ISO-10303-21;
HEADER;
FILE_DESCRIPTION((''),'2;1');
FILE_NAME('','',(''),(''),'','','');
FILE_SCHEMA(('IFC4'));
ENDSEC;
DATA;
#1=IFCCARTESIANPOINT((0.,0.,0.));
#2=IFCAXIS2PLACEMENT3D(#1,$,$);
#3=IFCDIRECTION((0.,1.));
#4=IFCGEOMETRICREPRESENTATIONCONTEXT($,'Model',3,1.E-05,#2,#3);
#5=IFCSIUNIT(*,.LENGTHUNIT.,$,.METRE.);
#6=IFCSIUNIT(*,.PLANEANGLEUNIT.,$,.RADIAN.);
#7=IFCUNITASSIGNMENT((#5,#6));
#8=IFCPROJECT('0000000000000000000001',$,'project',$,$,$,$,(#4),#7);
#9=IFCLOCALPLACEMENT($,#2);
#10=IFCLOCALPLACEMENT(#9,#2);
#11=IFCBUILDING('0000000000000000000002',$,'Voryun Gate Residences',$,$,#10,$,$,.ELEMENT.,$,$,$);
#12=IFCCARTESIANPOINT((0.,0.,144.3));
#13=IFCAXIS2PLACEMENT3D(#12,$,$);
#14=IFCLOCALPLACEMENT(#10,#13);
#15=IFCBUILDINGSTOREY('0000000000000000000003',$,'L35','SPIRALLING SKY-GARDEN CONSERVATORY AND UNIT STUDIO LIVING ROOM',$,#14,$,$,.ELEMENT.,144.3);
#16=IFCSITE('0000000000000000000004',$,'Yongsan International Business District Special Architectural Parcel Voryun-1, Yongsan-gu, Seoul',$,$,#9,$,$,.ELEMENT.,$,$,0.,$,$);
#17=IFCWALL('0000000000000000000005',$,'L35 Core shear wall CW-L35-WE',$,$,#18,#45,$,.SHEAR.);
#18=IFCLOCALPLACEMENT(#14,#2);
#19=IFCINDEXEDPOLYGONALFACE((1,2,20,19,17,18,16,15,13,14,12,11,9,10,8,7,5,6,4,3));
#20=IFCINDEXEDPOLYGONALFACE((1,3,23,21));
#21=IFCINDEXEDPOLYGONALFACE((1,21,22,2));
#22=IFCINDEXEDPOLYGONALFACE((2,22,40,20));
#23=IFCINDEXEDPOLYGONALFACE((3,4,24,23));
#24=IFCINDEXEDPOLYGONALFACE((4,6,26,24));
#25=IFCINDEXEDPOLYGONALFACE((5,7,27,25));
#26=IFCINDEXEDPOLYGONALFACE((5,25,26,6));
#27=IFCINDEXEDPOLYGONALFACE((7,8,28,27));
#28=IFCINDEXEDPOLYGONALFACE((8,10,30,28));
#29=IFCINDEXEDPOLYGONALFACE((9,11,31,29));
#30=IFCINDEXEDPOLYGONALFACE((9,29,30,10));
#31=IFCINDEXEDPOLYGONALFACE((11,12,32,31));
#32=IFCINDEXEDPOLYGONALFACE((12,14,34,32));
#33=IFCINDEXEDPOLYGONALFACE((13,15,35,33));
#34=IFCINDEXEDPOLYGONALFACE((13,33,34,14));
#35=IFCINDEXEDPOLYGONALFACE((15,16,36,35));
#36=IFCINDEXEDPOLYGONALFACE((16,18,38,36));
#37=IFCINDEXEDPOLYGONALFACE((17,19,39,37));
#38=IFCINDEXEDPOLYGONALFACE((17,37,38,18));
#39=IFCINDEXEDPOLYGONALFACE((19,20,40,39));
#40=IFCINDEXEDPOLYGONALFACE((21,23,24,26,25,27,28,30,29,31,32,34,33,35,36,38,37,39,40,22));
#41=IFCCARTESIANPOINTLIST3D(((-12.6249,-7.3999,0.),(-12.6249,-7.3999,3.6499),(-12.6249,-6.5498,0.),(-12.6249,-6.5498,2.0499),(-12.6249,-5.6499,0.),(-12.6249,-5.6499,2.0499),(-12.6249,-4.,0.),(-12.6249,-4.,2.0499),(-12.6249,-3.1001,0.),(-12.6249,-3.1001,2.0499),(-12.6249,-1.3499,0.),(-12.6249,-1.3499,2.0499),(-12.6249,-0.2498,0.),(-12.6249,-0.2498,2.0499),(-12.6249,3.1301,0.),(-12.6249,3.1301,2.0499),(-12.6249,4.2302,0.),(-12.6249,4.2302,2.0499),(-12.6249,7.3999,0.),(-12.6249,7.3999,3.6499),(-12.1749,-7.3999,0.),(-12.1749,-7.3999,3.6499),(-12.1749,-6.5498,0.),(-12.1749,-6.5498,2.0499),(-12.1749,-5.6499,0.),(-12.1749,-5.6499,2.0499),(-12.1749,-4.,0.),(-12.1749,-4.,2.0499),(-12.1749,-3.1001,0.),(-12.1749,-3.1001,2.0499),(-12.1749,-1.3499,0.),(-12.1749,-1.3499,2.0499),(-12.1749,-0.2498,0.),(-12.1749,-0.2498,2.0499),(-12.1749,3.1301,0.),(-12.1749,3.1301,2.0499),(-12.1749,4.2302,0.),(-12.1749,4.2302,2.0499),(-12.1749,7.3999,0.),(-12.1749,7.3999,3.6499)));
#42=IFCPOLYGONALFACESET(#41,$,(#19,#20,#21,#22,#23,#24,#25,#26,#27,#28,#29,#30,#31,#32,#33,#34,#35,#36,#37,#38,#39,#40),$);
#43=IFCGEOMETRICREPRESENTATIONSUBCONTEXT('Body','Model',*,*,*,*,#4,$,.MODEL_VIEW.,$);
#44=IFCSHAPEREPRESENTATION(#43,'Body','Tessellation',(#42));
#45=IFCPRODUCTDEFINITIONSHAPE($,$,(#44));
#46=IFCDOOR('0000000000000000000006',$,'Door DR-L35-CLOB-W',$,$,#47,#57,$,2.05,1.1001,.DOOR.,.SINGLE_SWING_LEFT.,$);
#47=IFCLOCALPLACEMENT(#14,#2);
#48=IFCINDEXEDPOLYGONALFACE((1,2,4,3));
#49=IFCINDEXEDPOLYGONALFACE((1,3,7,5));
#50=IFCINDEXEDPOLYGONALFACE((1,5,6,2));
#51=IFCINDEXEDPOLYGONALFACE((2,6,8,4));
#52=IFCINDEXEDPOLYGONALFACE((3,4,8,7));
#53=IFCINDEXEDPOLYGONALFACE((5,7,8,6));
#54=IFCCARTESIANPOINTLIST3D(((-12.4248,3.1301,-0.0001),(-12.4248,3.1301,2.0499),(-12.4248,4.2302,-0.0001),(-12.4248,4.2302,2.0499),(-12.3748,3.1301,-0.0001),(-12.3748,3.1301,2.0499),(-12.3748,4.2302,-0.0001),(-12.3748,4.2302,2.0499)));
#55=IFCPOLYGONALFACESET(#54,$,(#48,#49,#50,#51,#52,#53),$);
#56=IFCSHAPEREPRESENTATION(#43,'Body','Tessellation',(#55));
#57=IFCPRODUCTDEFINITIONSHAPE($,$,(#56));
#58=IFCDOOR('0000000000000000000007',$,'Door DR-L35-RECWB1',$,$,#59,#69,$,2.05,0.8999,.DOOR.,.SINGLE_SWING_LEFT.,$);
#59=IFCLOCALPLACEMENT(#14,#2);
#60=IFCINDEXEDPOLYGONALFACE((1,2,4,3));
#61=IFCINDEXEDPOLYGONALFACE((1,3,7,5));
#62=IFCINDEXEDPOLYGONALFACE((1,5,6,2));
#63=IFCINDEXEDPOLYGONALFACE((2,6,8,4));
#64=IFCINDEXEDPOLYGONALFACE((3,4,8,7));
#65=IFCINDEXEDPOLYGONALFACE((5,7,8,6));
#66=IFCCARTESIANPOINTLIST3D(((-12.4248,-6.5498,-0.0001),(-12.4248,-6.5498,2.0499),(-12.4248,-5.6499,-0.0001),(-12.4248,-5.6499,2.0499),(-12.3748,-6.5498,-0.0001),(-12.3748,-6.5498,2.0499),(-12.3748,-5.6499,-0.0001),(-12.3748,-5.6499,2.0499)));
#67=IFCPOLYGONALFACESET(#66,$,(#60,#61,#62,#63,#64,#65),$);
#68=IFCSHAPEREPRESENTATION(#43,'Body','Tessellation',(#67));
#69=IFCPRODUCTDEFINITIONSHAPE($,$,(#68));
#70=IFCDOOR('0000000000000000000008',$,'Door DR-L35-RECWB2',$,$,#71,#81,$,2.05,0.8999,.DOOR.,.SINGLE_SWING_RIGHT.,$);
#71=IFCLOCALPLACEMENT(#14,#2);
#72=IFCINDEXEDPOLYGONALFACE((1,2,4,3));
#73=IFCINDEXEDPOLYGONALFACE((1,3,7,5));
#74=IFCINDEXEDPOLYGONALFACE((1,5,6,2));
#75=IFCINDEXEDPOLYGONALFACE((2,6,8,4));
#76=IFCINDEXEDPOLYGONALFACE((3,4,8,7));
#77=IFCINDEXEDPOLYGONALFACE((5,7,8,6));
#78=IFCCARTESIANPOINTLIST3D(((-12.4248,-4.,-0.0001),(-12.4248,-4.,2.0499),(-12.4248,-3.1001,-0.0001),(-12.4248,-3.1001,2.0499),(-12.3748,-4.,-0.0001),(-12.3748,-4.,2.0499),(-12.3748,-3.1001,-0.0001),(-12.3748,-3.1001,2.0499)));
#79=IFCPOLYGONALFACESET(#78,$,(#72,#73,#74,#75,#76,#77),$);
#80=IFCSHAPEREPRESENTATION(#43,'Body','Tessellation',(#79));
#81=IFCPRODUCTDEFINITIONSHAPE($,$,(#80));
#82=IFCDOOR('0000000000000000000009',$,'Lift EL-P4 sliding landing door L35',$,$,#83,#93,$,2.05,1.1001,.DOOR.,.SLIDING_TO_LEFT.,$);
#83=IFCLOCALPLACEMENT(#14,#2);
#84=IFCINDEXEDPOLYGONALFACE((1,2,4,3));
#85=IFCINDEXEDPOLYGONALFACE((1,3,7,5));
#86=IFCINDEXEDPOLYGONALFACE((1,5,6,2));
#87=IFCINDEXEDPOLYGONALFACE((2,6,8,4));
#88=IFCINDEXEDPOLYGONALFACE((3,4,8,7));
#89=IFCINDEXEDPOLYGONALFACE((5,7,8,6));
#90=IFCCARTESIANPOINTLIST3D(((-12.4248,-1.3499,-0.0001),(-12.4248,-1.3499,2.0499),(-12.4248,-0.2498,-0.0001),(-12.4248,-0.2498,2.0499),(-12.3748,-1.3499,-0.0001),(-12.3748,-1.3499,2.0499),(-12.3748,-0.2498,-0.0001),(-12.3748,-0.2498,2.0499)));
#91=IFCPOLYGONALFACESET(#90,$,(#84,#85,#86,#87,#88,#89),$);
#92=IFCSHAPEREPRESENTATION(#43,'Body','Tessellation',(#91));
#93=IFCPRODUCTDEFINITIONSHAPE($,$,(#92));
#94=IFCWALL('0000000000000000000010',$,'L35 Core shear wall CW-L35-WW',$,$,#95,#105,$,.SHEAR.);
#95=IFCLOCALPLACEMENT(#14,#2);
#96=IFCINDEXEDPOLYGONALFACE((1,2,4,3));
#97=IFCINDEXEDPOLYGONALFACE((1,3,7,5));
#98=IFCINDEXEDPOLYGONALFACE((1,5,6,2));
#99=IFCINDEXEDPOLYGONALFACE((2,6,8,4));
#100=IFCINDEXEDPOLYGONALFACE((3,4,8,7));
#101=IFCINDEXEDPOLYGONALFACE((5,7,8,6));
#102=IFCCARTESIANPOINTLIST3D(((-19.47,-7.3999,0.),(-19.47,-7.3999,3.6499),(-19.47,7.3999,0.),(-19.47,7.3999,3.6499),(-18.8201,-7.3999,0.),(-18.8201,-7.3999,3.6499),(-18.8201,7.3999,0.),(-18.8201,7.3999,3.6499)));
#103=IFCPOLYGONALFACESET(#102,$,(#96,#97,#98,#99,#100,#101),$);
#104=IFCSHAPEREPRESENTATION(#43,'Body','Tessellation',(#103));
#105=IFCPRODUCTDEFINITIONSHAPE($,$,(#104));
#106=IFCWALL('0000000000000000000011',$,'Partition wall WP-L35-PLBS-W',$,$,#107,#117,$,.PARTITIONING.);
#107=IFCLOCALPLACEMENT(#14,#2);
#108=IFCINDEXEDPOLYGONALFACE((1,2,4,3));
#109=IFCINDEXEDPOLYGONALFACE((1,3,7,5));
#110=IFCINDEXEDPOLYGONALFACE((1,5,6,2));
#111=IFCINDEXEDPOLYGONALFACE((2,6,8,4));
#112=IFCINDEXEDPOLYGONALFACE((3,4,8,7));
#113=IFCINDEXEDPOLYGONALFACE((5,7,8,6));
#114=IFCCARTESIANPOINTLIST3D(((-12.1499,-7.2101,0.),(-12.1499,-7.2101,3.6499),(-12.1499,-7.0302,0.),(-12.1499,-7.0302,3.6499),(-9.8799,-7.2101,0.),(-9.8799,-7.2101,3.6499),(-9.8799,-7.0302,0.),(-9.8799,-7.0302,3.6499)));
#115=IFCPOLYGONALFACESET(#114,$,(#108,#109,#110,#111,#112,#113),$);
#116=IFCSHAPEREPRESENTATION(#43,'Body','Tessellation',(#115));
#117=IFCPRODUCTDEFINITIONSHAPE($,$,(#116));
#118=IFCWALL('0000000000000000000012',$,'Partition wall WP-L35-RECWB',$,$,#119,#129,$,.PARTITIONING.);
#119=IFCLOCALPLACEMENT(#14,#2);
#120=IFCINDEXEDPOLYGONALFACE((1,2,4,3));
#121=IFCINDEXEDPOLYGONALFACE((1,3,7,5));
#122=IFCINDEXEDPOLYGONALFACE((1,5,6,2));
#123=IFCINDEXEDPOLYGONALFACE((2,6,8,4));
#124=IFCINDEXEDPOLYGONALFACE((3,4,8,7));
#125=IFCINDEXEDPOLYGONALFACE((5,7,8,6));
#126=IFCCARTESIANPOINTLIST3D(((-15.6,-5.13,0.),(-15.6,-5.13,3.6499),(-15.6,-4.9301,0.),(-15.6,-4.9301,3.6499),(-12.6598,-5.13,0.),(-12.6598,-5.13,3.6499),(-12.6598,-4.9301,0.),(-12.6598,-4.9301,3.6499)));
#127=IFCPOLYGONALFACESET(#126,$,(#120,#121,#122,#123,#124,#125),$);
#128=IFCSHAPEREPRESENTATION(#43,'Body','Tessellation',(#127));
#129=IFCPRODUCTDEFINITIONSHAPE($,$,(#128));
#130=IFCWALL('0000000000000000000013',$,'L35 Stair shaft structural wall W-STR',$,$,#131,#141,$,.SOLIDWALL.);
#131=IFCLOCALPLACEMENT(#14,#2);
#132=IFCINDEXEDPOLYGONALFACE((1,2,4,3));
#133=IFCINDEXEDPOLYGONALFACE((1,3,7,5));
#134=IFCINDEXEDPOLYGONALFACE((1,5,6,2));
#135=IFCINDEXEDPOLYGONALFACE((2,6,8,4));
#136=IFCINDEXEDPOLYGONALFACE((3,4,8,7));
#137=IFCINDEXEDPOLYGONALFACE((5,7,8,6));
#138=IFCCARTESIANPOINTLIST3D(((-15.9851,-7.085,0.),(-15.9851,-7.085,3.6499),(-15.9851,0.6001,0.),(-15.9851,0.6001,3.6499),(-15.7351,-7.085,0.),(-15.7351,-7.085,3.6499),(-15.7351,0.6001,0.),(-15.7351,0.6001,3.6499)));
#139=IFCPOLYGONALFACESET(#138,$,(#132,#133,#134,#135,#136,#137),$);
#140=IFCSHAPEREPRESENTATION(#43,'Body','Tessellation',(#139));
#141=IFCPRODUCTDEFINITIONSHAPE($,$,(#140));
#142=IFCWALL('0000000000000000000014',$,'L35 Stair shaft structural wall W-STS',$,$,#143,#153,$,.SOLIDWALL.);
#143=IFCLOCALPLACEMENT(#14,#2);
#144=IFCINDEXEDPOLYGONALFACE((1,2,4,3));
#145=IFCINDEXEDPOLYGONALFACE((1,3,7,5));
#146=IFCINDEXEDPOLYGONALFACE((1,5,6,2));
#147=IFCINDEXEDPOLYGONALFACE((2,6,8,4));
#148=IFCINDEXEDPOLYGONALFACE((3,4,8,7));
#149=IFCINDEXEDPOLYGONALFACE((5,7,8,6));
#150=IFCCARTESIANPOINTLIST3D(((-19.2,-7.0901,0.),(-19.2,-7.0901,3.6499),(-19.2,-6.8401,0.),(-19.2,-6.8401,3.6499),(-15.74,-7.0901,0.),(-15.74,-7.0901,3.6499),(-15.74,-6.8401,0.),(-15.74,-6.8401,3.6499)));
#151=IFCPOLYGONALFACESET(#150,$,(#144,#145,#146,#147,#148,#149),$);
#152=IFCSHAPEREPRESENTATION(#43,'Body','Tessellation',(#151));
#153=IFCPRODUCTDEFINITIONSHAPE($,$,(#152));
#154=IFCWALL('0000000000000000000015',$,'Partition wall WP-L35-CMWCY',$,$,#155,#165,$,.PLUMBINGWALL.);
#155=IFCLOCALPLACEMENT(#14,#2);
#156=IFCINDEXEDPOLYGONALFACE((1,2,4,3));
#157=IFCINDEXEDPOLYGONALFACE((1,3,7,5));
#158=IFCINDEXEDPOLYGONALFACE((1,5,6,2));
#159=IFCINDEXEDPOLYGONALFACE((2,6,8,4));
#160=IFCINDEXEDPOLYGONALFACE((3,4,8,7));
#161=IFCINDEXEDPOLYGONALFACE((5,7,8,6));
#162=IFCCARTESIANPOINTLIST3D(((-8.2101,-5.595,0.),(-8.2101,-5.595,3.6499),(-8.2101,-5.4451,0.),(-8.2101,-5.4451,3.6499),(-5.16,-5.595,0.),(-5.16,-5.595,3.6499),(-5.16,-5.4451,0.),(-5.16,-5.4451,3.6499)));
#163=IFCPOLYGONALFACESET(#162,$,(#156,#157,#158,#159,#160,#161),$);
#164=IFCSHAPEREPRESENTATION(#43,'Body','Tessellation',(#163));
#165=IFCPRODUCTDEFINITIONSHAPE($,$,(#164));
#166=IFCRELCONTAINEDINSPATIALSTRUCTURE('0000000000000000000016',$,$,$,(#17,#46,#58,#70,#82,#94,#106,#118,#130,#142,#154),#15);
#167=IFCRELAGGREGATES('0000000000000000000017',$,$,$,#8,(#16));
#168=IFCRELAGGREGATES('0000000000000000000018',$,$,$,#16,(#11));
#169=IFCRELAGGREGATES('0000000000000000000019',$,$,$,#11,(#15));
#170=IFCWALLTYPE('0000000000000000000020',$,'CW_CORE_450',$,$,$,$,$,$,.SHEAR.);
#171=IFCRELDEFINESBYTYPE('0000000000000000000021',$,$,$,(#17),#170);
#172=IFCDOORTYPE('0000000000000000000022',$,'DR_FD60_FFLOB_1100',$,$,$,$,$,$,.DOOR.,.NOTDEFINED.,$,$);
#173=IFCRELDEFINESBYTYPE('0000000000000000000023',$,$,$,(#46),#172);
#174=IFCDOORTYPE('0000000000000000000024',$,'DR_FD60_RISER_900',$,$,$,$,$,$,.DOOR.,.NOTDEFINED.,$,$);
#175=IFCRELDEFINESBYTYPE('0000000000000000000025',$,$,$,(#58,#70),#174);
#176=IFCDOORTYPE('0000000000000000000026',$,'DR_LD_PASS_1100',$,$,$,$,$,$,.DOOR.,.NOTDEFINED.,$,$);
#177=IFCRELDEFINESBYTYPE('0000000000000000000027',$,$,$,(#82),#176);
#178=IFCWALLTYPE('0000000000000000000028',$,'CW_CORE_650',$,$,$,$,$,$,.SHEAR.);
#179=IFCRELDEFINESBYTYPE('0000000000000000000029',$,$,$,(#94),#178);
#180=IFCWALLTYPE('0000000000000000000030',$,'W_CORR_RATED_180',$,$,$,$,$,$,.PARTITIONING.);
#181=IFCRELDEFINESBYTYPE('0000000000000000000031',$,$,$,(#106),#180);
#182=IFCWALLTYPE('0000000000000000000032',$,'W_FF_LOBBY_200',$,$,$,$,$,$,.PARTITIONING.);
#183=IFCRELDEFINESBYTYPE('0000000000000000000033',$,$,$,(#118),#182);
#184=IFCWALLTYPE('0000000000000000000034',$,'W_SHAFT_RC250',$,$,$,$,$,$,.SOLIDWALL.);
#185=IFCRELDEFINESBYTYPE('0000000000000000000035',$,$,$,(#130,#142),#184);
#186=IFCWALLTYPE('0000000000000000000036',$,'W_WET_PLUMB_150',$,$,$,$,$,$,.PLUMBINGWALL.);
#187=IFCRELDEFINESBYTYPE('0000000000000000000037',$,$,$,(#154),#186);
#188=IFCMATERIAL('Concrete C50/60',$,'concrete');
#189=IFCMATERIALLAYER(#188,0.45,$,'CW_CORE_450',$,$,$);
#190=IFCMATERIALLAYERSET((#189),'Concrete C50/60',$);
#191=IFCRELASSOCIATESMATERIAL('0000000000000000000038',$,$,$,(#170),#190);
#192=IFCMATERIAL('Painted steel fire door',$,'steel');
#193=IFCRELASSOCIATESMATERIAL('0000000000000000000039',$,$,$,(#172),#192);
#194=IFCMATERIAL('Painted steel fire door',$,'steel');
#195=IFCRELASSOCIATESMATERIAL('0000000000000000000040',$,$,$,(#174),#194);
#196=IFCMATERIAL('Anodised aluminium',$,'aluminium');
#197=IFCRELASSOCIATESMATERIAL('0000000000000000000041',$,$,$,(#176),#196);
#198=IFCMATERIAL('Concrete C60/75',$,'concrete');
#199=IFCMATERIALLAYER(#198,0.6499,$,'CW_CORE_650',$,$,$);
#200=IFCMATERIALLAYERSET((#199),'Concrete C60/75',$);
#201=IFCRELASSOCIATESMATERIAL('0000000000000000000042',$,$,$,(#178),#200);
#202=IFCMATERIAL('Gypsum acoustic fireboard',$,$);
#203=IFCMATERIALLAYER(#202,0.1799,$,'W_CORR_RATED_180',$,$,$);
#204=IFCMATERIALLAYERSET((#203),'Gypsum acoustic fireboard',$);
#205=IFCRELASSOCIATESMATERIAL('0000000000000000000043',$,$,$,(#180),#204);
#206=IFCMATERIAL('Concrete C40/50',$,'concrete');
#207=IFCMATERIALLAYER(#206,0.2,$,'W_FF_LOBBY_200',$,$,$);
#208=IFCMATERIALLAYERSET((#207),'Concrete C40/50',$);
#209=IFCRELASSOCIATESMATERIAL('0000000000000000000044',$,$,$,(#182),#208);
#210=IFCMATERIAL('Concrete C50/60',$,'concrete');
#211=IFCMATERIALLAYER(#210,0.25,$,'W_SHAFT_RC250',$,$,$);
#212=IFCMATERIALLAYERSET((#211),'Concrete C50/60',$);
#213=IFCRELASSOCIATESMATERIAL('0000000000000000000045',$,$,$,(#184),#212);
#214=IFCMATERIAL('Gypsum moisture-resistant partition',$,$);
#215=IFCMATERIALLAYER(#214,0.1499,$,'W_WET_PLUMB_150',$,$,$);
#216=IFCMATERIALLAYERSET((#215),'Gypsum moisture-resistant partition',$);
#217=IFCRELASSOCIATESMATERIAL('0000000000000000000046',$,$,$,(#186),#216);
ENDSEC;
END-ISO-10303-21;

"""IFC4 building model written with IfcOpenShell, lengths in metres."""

from ifc_helpers import new_model, si_unit, direction, frame, frame_2d, origin, place, context, subcontext, project, spatial, rectangle, extrude, material, layer, layer_set, type_object, element, fill, save


model = new_model("IFC4")

# Units and contexts
model_context = context("Model", 3, precision=1e-05, world=origin(), true_north=direction((0.0, 1.0)))
body_context = subcontext(model_context, "Body", "Model", "MODEL_VIEW")
ifc_project = project(units=[si_unit("LENGTHUNIT", "METRE"), si_unit("PLANEANGLEUNIT", "RADIAN")], contexts=[model_context])

# Site, building, storey
site_placement = place(None, origin())
site = spatial("IfcSite", under=ifc_project, at=site_placement, Name="Yongsan International Business District Special Architectural Parcel Voryun-1, Yongsan-gu, Seoul", CompositionType="ELEMENT", RefElevation=0.0)
building_placement = place(site_placement, origin())
building = spatial("IfcBuilding", under=site, at=building_placement, Name="Voryun Gate Residences", CompositionType="ELEMENT")
storey_placement = place(building_placement, frame((0.0, 0.0, 144.3)))
storey = spatial("IfcBuildingStorey", under=building, at=storey_placement, Name="L35", Description="SPIRALLING SKY-GARDEN CONSERVATORY AND UNIT STUDIO LIVING ROOM", CompositionType="ELEMENT", Elevation=144.3)

# Wall, openings, doors
ifc_material_1 = material(Name="Concrete C50/60", Category="concrete")
ifc_layer_1 = layer(ifc_material_1, 0.45, Name="CW_CORE_450")
ifc_layer_set_1 = layer_set([ifc_layer_1], Name="Concrete C50/60")
wall_type_1 = type_object("IfcWallType", Name="CW_CORE_450", PredefinedType="SHEAR", material=ifc_layer_set_1)
wall_1_placement = place(storey_placement, frame((-12.3999, -7.3999, 0.0), z_axis=(0.0, 0.0, 1.0), x_axis=(0.0, 1.0, 0.0)))
wall_1 = element("IfcWall", 1, at=wall_1_placement, inside=storey, type_object=wall_type_1, Name="L35 Core shear wall CW-L35-WE", PredefinedType="SHEAR", context=body_context, shape_type="SweptSolid", body=[
    extrude(rectangle(XDim=14.7998, YDim=0.45, at=frame_2d((7.3999, 0.0))), origin(), (0.0, 0.0, 1.0), 3.6499),
])
opening_1_placement = place(wall_1_placement, frame((6.05, 0.0, 0.0)))
opening_1 = element("IfcOpeningElement", 2, at=opening_1_placement, cuts=wall_1, PredefinedType="OPENING", context=body_context, shape_type="SweptSolid", body=[
    extrude(rectangle(XDim=1.1001, YDim=2.05, at=frame_2d((0.55, 1.0249))), frame((0.0, 0.2351, 0.0), z_axis=(0.0, -1.0, 0.0), x_axis=(1.0, 0.0, 0.0)), (0.0, 0.0, 1.0), 0.47),
])
opening_2_placement = place(wall_1_placement, frame((10.53, 0.0, 0.0)))
opening_2 = element("IfcOpeningElement", 3, at=opening_2_placement, cuts=wall_1, PredefinedType="OPENING", context=body_context, shape_type="SweptSolid", body=[
    extrude(rectangle(XDim=1.1001, YDim=2.05, at=frame_2d((0.55, 1.0249))), frame((0.0, 0.2351, 0.0), z_axis=(0.0, -1.0, 0.0), x_axis=(1.0, 0.0, 0.0)), (0.0, 0.0, 1.0), 0.47),
])
opening_3_placement = place(wall_1_placement, frame((0.8501, 0.0, 0.0)))
opening_3 = element("IfcOpeningElement", 4, at=opening_3_placement, cuts=wall_1, PredefinedType="OPENING", context=body_context, shape_type="SweptSolid", body=[
    extrude(rectangle(XDim=0.8999, YDim=2.05, at=frame_2d((0.45, 1.0249))), frame((0.0, 0.2351, 0.0), z_axis=(0.0, -1.0, 0.0), x_axis=(1.0, 0.0, 0.0)), (0.0, 0.0, 1.0), 0.47),
])
opening_4_placement = place(wall_1_placement, frame((3.3999, 0.0, 0.0)))
opening_4 = element("IfcOpeningElement", 5, at=opening_4_placement, cuts=wall_1, PredefinedType="OPENING", context=body_context, shape_type="SweptSolid", body=[
    extrude(rectangle(XDim=0.8999, YDim=2.05, at=frame_2d((0.45, 1.0249))), frame((0.0, 0.2351, 0.0), z_axis=(0.0, -1.0, 0.0), x_axis=(1.0, 0.0, 0.0)), (0.0, 0.0, 1.0), 0.47),
])
ifc_material_2 = material(Name="Painted steel fire door", Category="steel")
door_type_1 = type_object("IfcDoorType", Name="DR_FD60_FFLOB_1100", OperationType="NOTDEFINED", PredefinedType="DOOR", material=ifc_material_2)
door_1_placement = place(opening_2_placement, origin())
door_1 = element("IfcDoor", 6, at=door_1_placement, inside=storey, type_object=door_type_1, Name="Door DR-L35-CLOB-W", OperationType="SINGLE_SWING_LEFT", OverallHeight=2.05, OverallWidth=1.1001, PredefinedType="DOOR", context=body_context, shape_type="SweptSolid", body=[
    extrude(rectangle(XDim=1.1001, YDim=2.05, at=frame_2d((0.55, 1.0249))), frame((0.0, 0.0249, 0.0), z_axis=(0.0, -1.0, 0.0), x_axis=(1.0, 0.0, 0.0)), (0.0, 0.0, 1.0), 0.05),
])
fill(opening_2, door_1)
ifc_material_3 = material(Name="Painted steel fire door", Category="steel")
door_type_2 = type_object("IfcDoorType", Name="DR_FD60_RISER_900", OperationType="NOTDEFINED", PredefinedType="DOOR", material=ifc_material_3)
door_2_placement = place(opening_3_placement, origin())
door_2 = element("IfcDoor", 7, at=door_2_placement, inside=storey, type_object=door_type_2, Name="Door DR-L35-RECWB1", OperationType="SINGLE_SWING_LEFT", OverallHeight=2.05, OverallWidth=0.8999, PredefinedType="DOOR", context=body_context, shape_type="SweptSolid", body=[
    extrude(rectangle(XDim=0.8999, YDim=2.05, at=frame_2d((0.45, 1.0249))), frame((0.0, 0.0249, 0.0), z_axis=(0.0, -1.0, 0.0), x_axis=(1.0, 0.0, 0.0)), (0.0, 0.0, 1.0), 0.05),
])
fill(opening_3, door_2)
door_3_placement = place(opening_4_placement, origin())
door_3 = element("IfcDoor", 8, at=door_3_placement, inside=storey, type_object=door_type_2, Name="Door DR-L35-RECWB2", OperationType="SINGLE_SWING_RIGHT", OverallHeight=2.05, OverallWidth=0.8999, PredefinedType="DOOR", context=body_context, shape_type="SweptSolid", body=[
    extrude(rectangle(XDim=0.8999, YDim=2.05, at=frame_2d((0.45, 1.0249))), frame((0.0, 0.0249, 0.0), z_axis=(0.0, -1.0, 0.0), x_axis=(1.0, 0.0, 0.0)), (0.0, 0.0, 1.0), 0.05),
])
fill(opening_4, door_3)
ifc_material_4 = material(Name="Anodised aluminium", Category="aluminium")
door_type_3 = type_object("IfcDoorType", Name="DR_LD_PASS_1100", OperationType="NOTDEFINED", PredefinedType="DOOR", material=ifc_material_4)
door_4_placement = place(opening_1_placement, origin())
door_4 = element("IfcDoor", 9, at=door_4_placement, inside=storey, type_object=door_type_3, Name="Lift EL-P4 sliding landing door L35", OperationType="SLIDING_TO_LEFT", OverallHeight=2.05, OverallWidth=1.1001, PredefinedType="DOOR", context=body_context, shape_type="SweptSolid", body=[
    extrude(rectangle(XDim=1.1001, YDim=2.05, at=frame_2d((0.55, 1.0249))), frame((0.0, 0.0249, 0.0), z_axis=(0.0, -1.0, 0.0), x_axis=(1.0, 0.0, 0.0)), (0.0, 0.0, 1.0), 0.05),
])
fill(opening_1, door_4)

# Walls
ifc_material_5 = material(Name="Concrete C60/75", Category="concrete")
ifc_layer_2 = layer(ifc_material_5, 0.6499, Name="CW_CORE_650")
ifc_layer_set_2 = layer_set([ifc_layer_2], Name="Concrete C60/75")
wall_type_2 = type_object("IfcWallType", Name="CW_CORE_650", PredefinedType="SHEAR", material=ifc_layer_set_2)
wall_2_placement = place(storey_placement, frame((-19.145, -7.3999, 0.0), z_axis=(0.0, 0.0, 1.0), x_axis=(0.0, 1.0, 0.0)))
element("IfcWall", 10, at=wall_2_placement, inside=storey, type_object=wall_type_2, Name="L35 Core shear wall CW-L35-WW", PredefinedType="SHEAR", context=body_context, shape_type="SweptSolid", body=[
    extrude(rectangle(XDim=14.7998, YDim=0.6499, at=frame_2d((7.3999, 0.0))), origin(), (0.0, 0.0, 1.0), 3.6499),
])
ifc_material_6 = material(Name="Gypsum acoustic fireboard")
ifc_layer_3 = layer(ifc_material_6, 0.1799, Name="W_CORR_RATED_180")
ifc_layer_set_3 = layer_set([ifc_layer_3], Name="Gypsum acoustic fireboard")
wall_type_3 = type_object("IfcWallType", Name="W_CORR_RATED_180", PredefinedType="PARTITIONING", material=ifc_layer_set_3)
wall_3_placement = place(storey_placement, frame((-12.1499, -7.1201, 0.0), z_axis=(0.0, 0.0, 1.0), x_axis=(1.0, 0.0, 0.0)))
element("IfcWall", 11, at=wall_3_placement, inside=storey, type_object=wall_type_3, Name="Partition wall WP-L35-PLBS-W", PredefinedType="PARTITIONING", context=body_context, shape_type="SweptSolid", body=[
    extrude(rectangle(XDim=2.27, YDim=0.1799, at=frame_2d((1.135, 0.0))), origin(), (0.0, 0.0, 1.0), 3.6499),
])
ifc_material_7 = material(Name="Concrete C40/50", Category="concrete")
ifc_layer_4 = layer(ifc_material_7, 0.2, Name="W_FF_LOBBY_200")
ifc_layer_set_4 = layer_set([ifc_layer_4], Name="Concrete C40/50")
wall_type_4 = type_object("IfcWallType", Name="W_FF_LOBBY_200", PredefinedType="PARTITIONING", material=ifc_layer_set_4)
wall_4_placement = place(storey_placement, frame((-15.6001, -5.03, 0.0), z_axis=(0.0, 0.0, 1.0), x_axis=(1.0, 0.0, 0.0)))
element("IfcWall", 12, at=wall_4_placement, inside=storey, type_object=wall_type_4, Name="Partition wall WP-L35-RECWB", PredefinedType="PARTITIONING", context=body_context, shape_type="SweptSolid", body=[
    extrude(rectangle(XDim=2.9402, YDim=0.2, at=frame_2d((1.4702, 0.0))), origin(), (0.0, 0.0, 1.0), 3.6499),
])
ifc_material_8 = material(Name="Concrete C50/60", Category="concrete")
ifc_layer_5 = layer(ifc_material_8, 0.25, Name="W_SHAFT_RC250")
ifc_layer_set_5 = layer_set([ifc_layer_5], Name="Concrete C50/60")
wall_type_5 = type_object("IfcWallType", Name="W_SHAFT_RC250", PredefinedType="SOLIDWALL", material=ifc_layer_set_5)
wall_5_placement = place(storey_placement, frame((-15.8601, -7.085, 0.0), z_axis=(0.0, 0.0, 1.0), x_axis=(0.0, 1.0, 0.0)))
element("IfcWall", 13, at=wall_5_placement, inside=storey, type_object=wall_type_5, Name="L35 Stair shaft structural wall W-STR", PredefinedType="SOLIDWALL", context=body_context, shape_type="SweptSolid", body=[
    extrude(rectangle(XDim=7.6851, YDim=0.25, at=frame_2d((3.8425, 0.0))), origin(), (0.0, 0.0, 1.0), 3.6499),
])
wall_6_placement = place(storey_placement, frame((-19.2, -6.9651, 0.0), z_axis=(0.0, 0.0, 1.0), x_axis=(1.0, 0.0, 0.0)))
element("IfcWall", 14, at=wall_6_placement, inside=storey, type_object=wall_type_5, Name="L35 Stair shaft structural wall W-STS", PredefinedType="SOLIDWALL", context=body_context, shape_type="SweptSolid", body=[
    extrude(rectangle(XDim=3.46, YDim=0.25, at=frame_2d((1.73, 0.0))), origin(), (0.0, 0.0, 1.0), 3.6499),
])
ifc_material_9 = material(Name="Gypsum moisture-resistant partition")
ifc_layer_6 = layer(ifc_material_9, 0.1499, Name="W_WET_PLUMB_150")
ifc_layer_set_6 = layer_set([ifc_layer_6], Name="Gypsum moisture-resistant partition")
wall_type_6 = type_object("IfcWallType", Name="W_WET_PLUMB_150", PredefinedType="PLUMBINGWALL", material=ifc_layer_set_6)
wall_7_placement = place(storey_placement, frame((-8.21, -5.52, 0.0), z_axis=(0.0, 0.0, 1.0), x_axis=(1.0, 0.0, 0.0)))
element("IfcWall", 15, at=wall_7_placement, inside=storey, type_object=wall_type_6, Name="Partition wall WP-L35-CMWCY", PredefinedType="PLUMBINGWALL", context=body_context, shape_type="SweptSolid", body=[
    extrude(rectangle(XDim=3.05, YDim=0.1499, at=frame_2d((1.5249, 0.0))), origin(), (0.0, 0.0, 1.0), 3.6499),
])

save(model, "model.ifc")
